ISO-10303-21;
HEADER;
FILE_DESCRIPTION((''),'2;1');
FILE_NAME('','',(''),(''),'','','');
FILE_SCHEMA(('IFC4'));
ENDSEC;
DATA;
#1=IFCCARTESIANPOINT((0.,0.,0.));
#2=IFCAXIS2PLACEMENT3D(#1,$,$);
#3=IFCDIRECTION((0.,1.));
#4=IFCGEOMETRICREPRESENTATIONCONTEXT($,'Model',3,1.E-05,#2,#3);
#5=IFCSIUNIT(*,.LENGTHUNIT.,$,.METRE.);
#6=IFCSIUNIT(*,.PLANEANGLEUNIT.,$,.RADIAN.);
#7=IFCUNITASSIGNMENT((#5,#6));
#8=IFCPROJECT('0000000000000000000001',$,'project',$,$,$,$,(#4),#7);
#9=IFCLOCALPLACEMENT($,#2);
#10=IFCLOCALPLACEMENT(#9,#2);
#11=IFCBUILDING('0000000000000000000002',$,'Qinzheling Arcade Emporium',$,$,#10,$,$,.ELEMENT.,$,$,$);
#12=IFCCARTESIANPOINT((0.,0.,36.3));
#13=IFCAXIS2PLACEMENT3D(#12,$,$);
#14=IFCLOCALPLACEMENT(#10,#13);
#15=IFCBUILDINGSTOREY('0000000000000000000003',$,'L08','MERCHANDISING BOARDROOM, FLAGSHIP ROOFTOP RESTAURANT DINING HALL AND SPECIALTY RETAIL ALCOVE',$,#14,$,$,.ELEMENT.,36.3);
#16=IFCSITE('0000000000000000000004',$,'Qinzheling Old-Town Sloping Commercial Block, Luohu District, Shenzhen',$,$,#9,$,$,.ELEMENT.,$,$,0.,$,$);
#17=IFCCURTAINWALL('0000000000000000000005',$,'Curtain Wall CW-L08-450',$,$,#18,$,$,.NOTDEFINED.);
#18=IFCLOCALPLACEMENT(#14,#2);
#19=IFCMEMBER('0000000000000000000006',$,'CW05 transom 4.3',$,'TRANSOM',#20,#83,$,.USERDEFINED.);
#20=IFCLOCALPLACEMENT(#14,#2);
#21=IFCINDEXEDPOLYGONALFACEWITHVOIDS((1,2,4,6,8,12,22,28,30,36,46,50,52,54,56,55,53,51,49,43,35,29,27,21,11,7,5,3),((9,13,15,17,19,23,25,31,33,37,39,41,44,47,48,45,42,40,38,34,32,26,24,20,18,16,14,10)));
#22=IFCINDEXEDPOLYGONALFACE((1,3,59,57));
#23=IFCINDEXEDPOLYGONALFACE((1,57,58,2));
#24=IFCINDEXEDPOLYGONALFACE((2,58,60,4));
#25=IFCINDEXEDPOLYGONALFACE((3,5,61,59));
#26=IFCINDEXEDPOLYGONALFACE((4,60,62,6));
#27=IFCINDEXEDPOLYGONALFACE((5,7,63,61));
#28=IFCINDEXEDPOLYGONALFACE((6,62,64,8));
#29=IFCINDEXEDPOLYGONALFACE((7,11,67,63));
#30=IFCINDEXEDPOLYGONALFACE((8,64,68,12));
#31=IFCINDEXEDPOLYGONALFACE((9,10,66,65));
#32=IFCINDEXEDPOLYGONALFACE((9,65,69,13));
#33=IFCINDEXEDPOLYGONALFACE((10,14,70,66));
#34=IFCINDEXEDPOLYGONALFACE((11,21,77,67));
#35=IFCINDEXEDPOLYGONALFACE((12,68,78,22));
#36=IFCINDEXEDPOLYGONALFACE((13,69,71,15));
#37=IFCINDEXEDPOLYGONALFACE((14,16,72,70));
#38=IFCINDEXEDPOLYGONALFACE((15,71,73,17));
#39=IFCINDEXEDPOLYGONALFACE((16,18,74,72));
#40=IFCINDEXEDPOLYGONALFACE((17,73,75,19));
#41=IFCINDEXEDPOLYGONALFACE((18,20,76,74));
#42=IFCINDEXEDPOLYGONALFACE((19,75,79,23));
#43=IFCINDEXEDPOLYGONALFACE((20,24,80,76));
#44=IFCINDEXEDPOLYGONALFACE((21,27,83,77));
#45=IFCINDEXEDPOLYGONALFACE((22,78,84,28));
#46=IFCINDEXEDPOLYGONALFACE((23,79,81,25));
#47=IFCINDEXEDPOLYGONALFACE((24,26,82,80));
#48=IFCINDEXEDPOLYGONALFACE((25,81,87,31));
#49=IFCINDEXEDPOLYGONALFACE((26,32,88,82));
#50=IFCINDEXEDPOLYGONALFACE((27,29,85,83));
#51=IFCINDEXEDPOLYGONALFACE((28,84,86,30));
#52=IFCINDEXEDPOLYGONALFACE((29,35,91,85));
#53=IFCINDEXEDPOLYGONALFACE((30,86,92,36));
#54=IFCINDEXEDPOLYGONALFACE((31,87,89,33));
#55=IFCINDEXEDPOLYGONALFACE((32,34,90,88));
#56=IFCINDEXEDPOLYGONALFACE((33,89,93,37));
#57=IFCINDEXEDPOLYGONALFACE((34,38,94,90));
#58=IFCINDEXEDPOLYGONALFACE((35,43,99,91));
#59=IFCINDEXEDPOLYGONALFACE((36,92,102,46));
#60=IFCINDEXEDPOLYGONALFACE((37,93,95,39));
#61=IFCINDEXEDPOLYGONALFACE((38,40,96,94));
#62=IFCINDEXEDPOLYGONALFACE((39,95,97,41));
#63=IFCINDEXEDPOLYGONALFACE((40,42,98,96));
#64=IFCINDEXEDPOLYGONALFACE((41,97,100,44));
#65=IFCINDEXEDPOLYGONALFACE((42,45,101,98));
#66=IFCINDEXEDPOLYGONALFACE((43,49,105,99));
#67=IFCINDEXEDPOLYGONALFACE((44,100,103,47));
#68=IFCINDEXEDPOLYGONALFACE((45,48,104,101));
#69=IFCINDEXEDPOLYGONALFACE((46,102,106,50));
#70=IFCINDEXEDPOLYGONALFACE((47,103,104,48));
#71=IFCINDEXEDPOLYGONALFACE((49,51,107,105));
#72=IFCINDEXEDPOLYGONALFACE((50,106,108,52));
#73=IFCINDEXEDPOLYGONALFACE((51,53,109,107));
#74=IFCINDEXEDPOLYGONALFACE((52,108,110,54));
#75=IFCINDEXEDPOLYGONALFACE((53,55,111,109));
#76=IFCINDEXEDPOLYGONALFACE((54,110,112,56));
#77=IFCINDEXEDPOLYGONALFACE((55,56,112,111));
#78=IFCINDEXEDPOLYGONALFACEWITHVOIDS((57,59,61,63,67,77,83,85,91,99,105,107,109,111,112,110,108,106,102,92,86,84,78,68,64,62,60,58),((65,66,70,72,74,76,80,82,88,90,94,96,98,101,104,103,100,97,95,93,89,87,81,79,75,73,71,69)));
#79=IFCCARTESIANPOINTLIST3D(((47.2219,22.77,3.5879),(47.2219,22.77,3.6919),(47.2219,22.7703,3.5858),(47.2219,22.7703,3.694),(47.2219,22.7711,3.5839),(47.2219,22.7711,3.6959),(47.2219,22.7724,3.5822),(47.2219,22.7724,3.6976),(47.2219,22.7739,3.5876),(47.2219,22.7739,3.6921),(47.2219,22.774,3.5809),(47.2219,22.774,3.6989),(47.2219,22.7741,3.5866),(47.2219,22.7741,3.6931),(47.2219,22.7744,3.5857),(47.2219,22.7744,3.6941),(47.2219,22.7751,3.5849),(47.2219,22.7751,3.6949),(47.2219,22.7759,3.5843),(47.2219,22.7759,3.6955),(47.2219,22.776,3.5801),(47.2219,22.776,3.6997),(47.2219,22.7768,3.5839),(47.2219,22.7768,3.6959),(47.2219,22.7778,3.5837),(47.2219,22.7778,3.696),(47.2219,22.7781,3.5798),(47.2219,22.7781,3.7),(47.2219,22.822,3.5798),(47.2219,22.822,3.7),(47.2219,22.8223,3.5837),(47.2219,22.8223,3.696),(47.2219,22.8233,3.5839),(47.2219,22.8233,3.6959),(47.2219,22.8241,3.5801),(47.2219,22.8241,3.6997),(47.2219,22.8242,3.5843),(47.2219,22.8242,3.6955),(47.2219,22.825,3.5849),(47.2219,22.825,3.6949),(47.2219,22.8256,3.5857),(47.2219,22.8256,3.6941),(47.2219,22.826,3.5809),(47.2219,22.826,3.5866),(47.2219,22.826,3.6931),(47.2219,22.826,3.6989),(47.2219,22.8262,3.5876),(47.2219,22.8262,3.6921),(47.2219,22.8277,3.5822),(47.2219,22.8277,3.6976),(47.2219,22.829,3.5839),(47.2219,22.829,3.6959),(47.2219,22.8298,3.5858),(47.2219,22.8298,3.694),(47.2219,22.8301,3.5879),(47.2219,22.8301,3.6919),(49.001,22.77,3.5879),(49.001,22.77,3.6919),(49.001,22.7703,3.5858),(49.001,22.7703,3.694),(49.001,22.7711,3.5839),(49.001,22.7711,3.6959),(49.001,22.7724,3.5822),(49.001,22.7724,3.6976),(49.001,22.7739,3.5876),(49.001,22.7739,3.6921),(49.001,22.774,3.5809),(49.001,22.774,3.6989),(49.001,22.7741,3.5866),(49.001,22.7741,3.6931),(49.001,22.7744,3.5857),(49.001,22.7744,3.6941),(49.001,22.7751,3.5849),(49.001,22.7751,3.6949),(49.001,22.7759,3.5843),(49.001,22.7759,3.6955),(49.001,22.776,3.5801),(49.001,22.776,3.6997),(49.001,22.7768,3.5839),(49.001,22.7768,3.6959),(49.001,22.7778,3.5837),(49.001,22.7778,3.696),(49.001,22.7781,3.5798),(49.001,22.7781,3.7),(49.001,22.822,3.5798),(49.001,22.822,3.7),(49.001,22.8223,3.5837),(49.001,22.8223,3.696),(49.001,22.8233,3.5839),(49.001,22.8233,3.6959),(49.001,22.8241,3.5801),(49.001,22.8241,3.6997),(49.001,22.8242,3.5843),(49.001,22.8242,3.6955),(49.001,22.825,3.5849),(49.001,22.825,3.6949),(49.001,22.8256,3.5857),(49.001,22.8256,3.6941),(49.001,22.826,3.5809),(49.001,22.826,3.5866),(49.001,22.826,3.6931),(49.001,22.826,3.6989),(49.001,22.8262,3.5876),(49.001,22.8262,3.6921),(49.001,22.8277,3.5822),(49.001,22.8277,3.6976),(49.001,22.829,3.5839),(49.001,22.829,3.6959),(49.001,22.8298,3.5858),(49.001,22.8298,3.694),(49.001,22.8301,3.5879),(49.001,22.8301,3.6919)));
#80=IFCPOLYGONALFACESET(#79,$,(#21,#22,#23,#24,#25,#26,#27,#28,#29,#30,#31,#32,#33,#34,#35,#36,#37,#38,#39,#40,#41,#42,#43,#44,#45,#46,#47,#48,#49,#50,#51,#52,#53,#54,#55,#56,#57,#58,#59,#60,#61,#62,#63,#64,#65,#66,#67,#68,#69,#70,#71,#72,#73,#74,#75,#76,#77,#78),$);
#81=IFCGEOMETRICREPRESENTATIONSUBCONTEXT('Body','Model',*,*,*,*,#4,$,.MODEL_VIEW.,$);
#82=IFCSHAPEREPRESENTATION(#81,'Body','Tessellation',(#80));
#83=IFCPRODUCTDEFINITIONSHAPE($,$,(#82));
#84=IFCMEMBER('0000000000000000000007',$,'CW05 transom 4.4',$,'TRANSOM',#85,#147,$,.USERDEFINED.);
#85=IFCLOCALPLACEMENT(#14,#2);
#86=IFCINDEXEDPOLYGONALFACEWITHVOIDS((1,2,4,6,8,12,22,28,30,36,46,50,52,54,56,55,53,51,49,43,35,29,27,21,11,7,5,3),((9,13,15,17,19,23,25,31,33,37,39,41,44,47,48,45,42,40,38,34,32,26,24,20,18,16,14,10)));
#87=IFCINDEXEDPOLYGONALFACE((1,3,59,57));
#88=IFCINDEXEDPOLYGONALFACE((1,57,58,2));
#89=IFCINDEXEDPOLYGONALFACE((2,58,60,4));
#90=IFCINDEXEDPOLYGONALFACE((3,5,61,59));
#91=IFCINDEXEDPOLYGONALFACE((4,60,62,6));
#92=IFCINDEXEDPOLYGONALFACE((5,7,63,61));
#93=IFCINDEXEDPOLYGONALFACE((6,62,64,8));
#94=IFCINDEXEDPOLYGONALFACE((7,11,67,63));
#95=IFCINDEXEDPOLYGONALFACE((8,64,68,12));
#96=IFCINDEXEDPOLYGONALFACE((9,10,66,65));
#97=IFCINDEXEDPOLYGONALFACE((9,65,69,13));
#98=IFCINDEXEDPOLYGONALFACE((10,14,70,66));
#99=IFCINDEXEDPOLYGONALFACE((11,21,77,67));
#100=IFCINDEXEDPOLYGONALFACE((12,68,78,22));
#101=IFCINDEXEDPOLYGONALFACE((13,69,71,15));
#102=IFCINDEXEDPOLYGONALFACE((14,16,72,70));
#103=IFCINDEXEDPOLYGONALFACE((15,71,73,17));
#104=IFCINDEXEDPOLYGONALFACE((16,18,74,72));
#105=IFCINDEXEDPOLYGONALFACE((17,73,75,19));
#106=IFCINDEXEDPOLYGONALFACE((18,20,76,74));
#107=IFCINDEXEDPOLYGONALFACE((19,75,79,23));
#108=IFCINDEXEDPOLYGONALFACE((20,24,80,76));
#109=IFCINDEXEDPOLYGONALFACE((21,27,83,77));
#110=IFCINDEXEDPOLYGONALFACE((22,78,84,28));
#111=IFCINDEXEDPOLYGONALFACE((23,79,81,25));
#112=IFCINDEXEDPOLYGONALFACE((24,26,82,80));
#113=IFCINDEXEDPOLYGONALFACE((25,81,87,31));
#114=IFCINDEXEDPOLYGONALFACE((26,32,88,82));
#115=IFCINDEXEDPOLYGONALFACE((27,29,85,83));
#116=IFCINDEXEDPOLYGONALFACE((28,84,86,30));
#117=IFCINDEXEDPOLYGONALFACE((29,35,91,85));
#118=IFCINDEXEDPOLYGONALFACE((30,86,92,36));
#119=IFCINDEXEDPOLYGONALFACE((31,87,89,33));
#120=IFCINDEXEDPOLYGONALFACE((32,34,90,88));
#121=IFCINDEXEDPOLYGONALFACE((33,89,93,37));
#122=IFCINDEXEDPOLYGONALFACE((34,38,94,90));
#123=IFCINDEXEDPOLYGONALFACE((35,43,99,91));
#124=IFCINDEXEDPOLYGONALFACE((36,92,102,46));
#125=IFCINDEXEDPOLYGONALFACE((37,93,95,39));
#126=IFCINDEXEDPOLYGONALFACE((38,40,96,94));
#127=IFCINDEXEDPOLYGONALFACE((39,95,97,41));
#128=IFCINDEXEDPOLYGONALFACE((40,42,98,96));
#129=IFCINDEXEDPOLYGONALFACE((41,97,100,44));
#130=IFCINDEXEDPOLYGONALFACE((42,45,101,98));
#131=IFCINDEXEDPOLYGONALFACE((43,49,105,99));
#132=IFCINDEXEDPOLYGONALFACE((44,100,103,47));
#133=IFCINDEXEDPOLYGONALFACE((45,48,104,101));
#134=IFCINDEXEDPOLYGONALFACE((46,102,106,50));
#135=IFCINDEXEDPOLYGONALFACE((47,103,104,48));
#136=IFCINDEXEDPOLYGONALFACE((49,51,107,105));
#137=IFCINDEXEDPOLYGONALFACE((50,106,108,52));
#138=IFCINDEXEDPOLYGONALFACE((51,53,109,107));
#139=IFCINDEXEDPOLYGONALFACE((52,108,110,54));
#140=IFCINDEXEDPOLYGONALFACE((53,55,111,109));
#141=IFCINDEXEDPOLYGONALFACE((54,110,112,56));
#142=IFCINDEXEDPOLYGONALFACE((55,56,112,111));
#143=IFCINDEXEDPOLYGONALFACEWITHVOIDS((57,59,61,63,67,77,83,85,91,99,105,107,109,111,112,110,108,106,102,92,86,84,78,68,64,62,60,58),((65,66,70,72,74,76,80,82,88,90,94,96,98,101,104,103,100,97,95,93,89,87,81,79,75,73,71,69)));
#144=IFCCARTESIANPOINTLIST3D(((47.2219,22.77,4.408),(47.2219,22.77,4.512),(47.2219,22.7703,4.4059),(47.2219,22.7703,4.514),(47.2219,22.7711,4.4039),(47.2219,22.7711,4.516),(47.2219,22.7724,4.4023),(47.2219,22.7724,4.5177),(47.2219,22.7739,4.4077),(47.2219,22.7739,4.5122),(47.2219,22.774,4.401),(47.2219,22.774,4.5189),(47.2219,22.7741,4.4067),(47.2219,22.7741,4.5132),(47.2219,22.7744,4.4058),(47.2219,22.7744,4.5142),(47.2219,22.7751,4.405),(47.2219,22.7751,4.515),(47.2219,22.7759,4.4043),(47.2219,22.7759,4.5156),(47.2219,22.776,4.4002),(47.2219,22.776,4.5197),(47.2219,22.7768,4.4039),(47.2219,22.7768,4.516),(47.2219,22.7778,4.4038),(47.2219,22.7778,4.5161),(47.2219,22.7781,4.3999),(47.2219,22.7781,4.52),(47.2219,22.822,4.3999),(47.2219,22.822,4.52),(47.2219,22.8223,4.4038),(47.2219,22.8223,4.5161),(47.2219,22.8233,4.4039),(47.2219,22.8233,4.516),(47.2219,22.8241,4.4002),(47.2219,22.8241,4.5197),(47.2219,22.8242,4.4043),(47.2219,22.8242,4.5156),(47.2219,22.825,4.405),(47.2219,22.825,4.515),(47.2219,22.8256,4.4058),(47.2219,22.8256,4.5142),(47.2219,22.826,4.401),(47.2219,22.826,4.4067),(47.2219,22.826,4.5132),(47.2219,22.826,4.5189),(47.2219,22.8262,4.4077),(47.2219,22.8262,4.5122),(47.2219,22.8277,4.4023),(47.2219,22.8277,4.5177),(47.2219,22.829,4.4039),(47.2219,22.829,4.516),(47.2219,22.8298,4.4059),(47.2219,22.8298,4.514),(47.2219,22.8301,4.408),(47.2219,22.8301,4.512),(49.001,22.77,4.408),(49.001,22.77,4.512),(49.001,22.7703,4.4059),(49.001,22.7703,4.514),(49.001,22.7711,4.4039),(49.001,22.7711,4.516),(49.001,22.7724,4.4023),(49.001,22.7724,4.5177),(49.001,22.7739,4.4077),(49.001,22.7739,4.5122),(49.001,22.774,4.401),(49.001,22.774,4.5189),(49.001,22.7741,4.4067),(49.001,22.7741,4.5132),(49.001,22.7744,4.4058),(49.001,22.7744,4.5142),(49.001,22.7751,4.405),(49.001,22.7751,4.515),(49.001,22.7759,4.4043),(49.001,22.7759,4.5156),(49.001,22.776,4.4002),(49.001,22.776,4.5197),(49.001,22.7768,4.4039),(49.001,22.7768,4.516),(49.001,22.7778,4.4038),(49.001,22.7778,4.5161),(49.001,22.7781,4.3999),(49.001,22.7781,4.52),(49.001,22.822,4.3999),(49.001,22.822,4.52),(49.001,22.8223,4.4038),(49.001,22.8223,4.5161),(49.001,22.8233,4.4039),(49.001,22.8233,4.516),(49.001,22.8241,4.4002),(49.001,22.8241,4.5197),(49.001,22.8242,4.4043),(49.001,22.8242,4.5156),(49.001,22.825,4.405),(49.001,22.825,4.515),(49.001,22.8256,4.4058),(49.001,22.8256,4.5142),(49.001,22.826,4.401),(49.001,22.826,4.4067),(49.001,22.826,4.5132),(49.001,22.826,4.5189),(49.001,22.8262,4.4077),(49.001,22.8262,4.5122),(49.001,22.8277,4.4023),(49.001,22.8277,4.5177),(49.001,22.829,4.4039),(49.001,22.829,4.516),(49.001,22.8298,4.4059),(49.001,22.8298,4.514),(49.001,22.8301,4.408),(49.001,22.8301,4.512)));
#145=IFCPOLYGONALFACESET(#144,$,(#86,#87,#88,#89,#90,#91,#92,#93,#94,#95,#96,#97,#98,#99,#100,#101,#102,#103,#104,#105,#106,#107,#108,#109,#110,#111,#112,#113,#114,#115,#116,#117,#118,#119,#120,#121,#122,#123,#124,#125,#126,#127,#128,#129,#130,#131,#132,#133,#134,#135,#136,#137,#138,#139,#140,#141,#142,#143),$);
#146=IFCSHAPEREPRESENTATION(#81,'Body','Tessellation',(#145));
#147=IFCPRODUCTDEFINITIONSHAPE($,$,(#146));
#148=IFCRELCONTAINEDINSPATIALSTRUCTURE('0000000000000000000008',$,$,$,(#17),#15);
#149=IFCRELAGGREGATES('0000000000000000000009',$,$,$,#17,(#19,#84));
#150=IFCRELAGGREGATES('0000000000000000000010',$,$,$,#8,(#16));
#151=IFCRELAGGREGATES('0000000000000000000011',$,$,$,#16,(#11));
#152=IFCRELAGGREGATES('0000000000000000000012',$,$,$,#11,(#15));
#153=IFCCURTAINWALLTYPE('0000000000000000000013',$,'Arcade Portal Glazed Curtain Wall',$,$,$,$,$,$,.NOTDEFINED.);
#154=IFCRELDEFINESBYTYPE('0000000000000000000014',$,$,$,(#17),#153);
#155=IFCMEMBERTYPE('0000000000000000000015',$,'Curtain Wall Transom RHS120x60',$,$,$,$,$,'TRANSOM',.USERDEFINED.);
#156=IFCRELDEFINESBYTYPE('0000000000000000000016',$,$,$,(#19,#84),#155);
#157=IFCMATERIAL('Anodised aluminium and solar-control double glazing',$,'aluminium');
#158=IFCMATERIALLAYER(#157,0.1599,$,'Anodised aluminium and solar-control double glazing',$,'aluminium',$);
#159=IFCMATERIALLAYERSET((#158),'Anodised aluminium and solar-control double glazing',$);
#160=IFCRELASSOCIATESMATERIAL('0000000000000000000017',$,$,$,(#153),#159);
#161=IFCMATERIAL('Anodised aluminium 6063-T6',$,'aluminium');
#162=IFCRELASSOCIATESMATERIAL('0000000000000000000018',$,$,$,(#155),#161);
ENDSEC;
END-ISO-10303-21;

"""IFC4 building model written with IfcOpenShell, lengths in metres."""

from ifc_helpers import new_model, si_unit, direction, frame, origin, origin_2d, place, context, subcontext, project, spatial, hollow_rectangle, extrude, material, layer, layer_set, material_profile, profile_set, type_object, element, aggregate, save


model = new_model("IFC4")

# Units and contexts
model_context = context("Model", 3, precision=1e-05, world=origin(), true_north=direction((0.0, 1.0)))
body_context = subcontext(model_context, "Body", "Model", "MODEL_VIEW")
ifc_project = project(units=[si_unit("LENGTHUNIT", "METRE"), si_unit("PLANEANGLEUNIT", "RADIAN")], contexts=[model_context])

# Site, building, storey
site_placement = place(None, origin())
site = spatial("IfcSite", under=ifc_project, at=site_placement, Name="Qinzheling Old-Town Sloping Commercial Block, Luohu District, Shenzhen", CompositionType="ELEMENT", RefElevation=0.0)
building_placement = place(site_placement, origin())
building = spatial("IfcBuilding", under=site, at=building_placement, Name="Qinzheling Arcade Emporium", CompositionType="ELEMENT")
storey_placement = place(building_placement, frame((0.0, 0.0, 36.3)))
storey = spatial("IfcBuildingStorey", under=building, at=storey_placement, Name="L08", Description="MERCHANDISING BOARDROOM, FLAGSHIP ROOFTOP RESTAURANT DINING HALL AND SPECIALTY RETAIL ALCOVE", CompositionType="ELEMENT", Elevation=36.3)

# Curtain wall
ifc_material_1 = material(Name="Anodised aluminium and solar-control double glazing", Category="aluminium")
ifc_layer_1 = layer(ifc_material_1, 0.1599, Name="Anodised aluminium and solar-control double glazing", Category="aluminium")
ifc_layer_set_1 = layer_set([ifc_layer_1], Name="Anodised aluminium and solar-control double glazing")
curtain_wall_type = type_object("IfcCurtainWallType", Name="Arcade Portal Glazed Curtain Wall", PredefinedType="NOTDEFINED", material=ifc_layer_set_1)
curtain_wall_1_placement = place(storey_placement, origin())
curtain_wall_1 = element("IfcCurtainWall", 1, at=curtain_wall_1_placement, inside=storey, type_object=curtain_wall_type, Name="Curtain Wall CW-L08-450", PredefinedType="NOTDEFINED")
ifc_material_2 = material(Name="Anodised aluminium 6063-T6", Category="aluminium")

# Members
ifc_material_profile_1 = material_profile(ifc_material_2, hollow_rectangle(XDim=0.0601, YDim=0.1201, WallThickness=0.0039, InnerFilletRadius=0.0039, OuterFilletRadius=0.0081, at=origin_2d()), Name="RHS 120x60x4", Category="aluminium")
ifc_profile_set_1 = profile_set([ifc_material_profile_1], Name="Anodised aluminium 6063-T6")
member_type_1 = type_object("IfcMemberType", Name="Curtain Wall Transom RHS120x60", ElementType="TRANSOM", PredefinedType="USERDEFINED", material=ifc_profile_set_1)
member_1_placement = place(storey_placement, frame((49.001, 22.8, 3.6399), z_axis=(-1.0, 0.0, 0.0), x_axis=(0.0, -1.0, 0.0)))
member_1 = element("IfcMember", 2, at=member_1_placement, type_object=member_type_1, Name="CW05 transom 4.3", ObjectType="TRANSOM", PredefinedType="USERDEFINED", context=body_context, shape_type="SweptSolid", body=[
    extrude(hollow_rectangle(XDim=0.0601, YDim=0.1201, WallThickness=0.0039, InnerFilletRadius=0.0039, OuterFilletRadius=0.0081, at=origin_2d()), origin(), (0.0, 0.0, 1.0), 1.7791),
])
member_2_placement = place(storey_placement, frame((49.001, 22.8, 4.46), z_axis=(-1.0, 0.0, 0.0), x_axis=(0.0, -1.0, 0.0)))
member_2 = element("IfcMember", 3, at=member_2_placement, type_object=member_type_1, Name="CW05 transom 4.4", ObjectType="TRANSOM", PredefinedType="USERDEFINED", context=body_context, shape_type="SweptSolid", body=[
    extrude(hollow_rectangle(XDim=0.0601, YDim=0.1201, WallThickness=0.0039, InnerFilletRadius=0.0039, OuterFilletRadius=0.0081, at=origin_2d()), origin(), (0.0, 0.0, 1.0), 1.7791),
])

aggregate(curtain_wall_1, [member_1, member_2])

save(model, "model.ifc")
